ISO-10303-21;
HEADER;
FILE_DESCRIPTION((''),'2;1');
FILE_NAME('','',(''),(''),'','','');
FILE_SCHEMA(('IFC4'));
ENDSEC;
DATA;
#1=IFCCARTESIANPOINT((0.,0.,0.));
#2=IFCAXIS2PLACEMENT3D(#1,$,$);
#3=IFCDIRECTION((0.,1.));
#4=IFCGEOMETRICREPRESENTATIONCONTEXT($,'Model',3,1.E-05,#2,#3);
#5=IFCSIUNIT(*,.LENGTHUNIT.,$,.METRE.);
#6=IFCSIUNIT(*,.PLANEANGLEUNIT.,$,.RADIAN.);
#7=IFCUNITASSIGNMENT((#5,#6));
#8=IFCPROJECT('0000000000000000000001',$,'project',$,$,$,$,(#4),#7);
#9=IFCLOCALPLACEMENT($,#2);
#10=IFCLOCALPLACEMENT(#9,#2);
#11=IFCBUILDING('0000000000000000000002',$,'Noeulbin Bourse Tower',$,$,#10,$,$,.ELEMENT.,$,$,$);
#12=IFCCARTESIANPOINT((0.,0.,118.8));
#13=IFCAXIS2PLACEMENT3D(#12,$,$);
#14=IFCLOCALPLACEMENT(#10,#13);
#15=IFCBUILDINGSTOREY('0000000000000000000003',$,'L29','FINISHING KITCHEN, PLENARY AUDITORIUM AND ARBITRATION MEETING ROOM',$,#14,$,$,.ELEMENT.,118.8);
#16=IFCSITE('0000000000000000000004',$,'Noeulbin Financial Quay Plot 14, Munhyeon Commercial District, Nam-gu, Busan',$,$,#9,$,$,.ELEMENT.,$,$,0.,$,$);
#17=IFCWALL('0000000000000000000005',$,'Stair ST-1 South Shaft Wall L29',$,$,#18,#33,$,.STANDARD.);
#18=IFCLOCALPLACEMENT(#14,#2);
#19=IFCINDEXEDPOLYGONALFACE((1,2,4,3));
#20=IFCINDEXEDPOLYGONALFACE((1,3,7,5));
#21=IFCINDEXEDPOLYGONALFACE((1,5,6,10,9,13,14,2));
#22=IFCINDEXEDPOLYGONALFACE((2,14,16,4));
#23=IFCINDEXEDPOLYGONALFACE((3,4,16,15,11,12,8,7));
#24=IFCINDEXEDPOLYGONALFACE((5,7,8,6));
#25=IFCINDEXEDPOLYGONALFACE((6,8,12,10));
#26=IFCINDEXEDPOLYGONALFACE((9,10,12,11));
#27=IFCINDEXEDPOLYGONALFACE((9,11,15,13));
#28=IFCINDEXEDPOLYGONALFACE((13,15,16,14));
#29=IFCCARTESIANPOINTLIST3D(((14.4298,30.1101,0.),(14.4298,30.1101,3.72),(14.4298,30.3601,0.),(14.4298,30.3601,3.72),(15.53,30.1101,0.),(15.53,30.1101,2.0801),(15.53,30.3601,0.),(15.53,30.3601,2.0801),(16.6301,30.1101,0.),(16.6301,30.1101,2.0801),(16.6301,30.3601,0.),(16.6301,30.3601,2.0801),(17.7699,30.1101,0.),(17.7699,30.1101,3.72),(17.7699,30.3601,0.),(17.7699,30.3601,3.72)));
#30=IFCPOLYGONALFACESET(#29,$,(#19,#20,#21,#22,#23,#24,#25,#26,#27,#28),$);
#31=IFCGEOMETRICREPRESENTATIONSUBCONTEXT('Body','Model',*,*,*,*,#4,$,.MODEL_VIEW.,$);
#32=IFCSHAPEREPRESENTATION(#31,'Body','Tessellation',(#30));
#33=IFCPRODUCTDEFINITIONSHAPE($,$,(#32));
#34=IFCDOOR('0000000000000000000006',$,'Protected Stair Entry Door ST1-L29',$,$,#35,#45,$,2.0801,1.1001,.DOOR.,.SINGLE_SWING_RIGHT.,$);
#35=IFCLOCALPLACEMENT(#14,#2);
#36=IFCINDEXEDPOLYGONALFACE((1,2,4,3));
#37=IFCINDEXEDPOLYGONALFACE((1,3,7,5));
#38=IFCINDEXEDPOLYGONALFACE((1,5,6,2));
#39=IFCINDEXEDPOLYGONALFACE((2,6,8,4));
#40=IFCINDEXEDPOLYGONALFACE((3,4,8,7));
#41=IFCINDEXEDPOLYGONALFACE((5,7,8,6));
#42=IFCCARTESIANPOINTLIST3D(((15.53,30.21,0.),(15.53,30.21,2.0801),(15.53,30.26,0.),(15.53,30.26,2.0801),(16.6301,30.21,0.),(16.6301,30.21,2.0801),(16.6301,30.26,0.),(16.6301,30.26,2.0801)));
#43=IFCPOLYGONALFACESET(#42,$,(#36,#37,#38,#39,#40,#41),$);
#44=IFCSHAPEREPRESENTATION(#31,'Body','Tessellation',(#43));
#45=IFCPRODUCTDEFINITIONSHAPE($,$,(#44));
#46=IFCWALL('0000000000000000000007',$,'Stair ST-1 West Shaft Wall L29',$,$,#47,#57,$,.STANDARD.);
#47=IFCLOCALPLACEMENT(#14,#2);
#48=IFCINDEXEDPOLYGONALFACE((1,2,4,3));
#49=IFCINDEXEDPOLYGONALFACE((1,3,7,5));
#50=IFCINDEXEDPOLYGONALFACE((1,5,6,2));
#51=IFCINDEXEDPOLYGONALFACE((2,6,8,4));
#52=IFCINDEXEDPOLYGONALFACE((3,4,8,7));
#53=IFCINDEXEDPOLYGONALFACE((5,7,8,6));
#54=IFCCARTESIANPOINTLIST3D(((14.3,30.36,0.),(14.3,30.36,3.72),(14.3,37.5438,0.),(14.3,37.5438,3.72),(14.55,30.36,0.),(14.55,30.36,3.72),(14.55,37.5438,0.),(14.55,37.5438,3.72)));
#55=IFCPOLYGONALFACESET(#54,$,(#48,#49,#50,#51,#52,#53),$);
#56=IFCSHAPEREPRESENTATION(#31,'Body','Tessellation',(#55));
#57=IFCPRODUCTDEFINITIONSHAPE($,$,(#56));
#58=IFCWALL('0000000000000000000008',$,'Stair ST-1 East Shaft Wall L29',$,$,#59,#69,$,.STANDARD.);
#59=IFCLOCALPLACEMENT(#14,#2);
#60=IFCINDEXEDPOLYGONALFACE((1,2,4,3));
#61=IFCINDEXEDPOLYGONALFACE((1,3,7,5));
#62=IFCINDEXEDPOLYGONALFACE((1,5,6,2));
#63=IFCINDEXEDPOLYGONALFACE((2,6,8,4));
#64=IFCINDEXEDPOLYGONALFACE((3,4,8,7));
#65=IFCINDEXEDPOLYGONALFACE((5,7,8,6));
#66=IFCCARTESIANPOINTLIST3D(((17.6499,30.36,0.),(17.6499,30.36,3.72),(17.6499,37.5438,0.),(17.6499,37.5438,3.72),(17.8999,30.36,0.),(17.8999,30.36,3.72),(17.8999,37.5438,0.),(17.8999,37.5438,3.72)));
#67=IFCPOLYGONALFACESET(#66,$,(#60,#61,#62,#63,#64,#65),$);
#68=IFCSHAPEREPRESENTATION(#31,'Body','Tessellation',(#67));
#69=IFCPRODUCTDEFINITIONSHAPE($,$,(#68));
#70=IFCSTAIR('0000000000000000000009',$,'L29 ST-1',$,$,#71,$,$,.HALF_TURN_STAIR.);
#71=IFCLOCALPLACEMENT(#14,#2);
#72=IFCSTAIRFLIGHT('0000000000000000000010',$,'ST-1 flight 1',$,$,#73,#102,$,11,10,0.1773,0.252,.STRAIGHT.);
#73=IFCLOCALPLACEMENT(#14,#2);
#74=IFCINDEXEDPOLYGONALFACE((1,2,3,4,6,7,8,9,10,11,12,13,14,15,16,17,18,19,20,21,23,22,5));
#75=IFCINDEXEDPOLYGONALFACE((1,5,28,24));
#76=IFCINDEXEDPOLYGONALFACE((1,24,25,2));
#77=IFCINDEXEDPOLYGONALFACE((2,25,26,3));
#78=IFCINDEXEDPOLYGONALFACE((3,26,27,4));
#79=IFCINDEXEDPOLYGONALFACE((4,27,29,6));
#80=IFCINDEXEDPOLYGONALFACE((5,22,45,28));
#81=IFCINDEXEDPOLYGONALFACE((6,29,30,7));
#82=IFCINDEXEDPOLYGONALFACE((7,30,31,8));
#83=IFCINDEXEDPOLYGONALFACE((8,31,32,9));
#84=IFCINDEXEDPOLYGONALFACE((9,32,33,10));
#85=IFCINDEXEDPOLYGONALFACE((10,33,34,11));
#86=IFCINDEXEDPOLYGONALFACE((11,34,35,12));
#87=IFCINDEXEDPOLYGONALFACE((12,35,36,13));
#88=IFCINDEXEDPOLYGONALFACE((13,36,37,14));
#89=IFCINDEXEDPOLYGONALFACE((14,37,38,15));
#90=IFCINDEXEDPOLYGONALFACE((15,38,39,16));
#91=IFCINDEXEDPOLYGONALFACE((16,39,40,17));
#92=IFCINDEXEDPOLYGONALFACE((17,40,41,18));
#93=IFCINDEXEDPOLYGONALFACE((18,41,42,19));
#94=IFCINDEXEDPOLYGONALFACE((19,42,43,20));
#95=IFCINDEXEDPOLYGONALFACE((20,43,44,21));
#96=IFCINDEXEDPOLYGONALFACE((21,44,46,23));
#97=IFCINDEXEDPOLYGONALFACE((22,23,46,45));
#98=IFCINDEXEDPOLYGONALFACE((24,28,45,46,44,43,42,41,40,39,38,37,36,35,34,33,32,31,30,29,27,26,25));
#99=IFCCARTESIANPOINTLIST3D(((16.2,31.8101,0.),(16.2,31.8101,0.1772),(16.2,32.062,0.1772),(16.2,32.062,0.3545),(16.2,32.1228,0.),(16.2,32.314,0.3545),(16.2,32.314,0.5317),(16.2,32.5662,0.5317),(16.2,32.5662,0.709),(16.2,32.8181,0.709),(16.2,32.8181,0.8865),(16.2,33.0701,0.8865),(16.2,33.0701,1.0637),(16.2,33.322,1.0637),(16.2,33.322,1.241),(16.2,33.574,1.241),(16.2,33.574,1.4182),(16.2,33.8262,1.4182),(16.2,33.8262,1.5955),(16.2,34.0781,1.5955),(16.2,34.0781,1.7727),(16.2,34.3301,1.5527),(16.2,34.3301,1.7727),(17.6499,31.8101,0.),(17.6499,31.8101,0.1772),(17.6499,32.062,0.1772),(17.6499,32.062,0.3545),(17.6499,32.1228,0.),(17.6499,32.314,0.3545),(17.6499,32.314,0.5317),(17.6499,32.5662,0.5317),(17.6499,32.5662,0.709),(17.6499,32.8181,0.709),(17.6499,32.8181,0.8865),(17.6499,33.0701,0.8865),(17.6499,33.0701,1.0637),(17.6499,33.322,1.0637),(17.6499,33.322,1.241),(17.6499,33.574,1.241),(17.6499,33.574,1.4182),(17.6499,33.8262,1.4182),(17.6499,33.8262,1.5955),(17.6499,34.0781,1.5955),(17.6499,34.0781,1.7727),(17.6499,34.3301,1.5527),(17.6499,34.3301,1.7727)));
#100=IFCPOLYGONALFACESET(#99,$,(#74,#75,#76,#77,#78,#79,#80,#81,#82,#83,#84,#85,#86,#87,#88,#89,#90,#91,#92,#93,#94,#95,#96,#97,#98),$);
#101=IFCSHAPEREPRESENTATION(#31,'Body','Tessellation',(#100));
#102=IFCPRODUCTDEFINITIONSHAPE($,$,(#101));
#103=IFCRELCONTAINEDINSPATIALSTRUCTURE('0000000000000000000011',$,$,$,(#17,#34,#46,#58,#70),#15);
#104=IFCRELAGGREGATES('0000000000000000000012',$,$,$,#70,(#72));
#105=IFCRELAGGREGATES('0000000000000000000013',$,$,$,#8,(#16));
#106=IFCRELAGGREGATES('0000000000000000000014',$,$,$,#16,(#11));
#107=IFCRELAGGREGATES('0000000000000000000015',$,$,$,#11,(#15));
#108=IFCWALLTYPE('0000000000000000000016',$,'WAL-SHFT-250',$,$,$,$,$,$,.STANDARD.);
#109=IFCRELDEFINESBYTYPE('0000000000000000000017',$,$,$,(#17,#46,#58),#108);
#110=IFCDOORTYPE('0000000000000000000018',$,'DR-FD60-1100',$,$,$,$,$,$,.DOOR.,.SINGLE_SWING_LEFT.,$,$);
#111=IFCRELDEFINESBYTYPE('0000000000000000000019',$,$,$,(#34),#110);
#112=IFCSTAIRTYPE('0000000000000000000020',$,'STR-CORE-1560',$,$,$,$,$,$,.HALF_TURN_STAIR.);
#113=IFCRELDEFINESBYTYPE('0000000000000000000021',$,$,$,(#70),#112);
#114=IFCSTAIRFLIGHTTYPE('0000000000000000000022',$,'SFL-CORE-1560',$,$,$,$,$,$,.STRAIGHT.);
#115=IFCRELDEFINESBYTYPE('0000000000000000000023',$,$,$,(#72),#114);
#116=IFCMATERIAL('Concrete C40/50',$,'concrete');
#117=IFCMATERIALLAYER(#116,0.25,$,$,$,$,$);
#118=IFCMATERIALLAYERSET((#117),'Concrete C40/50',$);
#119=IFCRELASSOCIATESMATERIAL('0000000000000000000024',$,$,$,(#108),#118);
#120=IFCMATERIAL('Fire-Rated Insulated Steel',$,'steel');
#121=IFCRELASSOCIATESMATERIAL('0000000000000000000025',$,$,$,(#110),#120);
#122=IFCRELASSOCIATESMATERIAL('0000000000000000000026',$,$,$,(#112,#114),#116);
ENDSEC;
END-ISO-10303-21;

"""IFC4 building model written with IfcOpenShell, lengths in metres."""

from ifc_helpers import new_model, si_unit, direction, frame, frame_2d, origin, place, context, subcontext, project, spatial, polyline, rectangle, outline, extrude, material, layer, layer_set, type_object, element, fill, aggregate, save


model = new_model("IFC4")

# Units and contexts
model_context = context("Model", 3, precision=1e-05, world=origin(), true_north=direction((0.0, 1.0)))
body_context = subcontext(model_context, "Body", "Model", "MODEL_VIEW")
ifc_project = project(units=[si_unit("LENGTHUNIT", "METRE"), si_unit("PLANEANGLEUNIT", "RADIAN")], contexts=[model_context])

# Site, building, storey
site_placement = place(None, origin())
site = spatial("IfcSite", under=ifc_project, at=site_placement, Name="Noeulbin Financial Quay Plot 14, Munhyeon Commercial District, Nam-gu, Busan", CompositionType="ELEMENT", RefElevation=0.0)
building_placement = place(site_placement, origin())
building = spatial("IfcBuilding", under=site, at=building_placement, Name="Noeulbin Bourse Tower", CompositionType="ELEMENT")
storey_placement = place(building_placement, frame((0.0, 0.0, 118.8)))
storey = spatial("IfcBuildingStorey", under=building, at=storey_placement, Name="L29", Description="FINISHING KITCHEN, PLENARY AUDITORIUM AND ARBITRATION MEETING ROOM", CompositionType="ELEMENT", Elevation=118.8)

# Shared definitions
ifc_material_1 = material(Name="Concrete C40/50", Category="concrete")

# Wall, opening, door
ifc_layer_1 = layer(ifc_material_1, 0.25)
ifc_layer_set_1 = layer_set([ifc_layer_1], Name="Concrete C40/50")
wall_type_1 = type_object("IfcWallType", Name="WAL-SHFT-250", PredefinedType="STANDARD", material=ifc_layer_set_1)
wall_1_placement = place(storey_placement, frame((14.4299, 30.2351, 0.0), z_axis=(0.0, 0.0, 1.0), x_axis=(1.0, 0.0, 0.0)))
wall_1 = element("IfcWall", 1, at=wall_1_placement, inside=storey, type_object=wall_type_1, Name="Stair ST-1 South Shaft Wall L29", PredefinedType="STANDARD", context=body_context, shape_type="SweptSolid", body=[
    extrude(rectangle(XDim=3.3401, YDim=0.25, at=frame_2d((1.6699, 0.0))), origin(), (0.0, 0.0, 1.0), 3.72),
])
opening_placement = place(wall_1_placement, frame((1.1001, 0.0, 0.0)))
opening = element("IfcOpeningElement", 2, at=opening_placement, cuts=wall_1, PredefinedType="OPENING", context=body_context, shape_type="SweptSolid", body=[
    extrude(rectangle(XDim=1.1001, YDim=2.0801, at=frame_2d((0.55, 1.04))), frame((0.0, 0.135, 0.0), z_axis=(0.0, -1.0, 0.0), x_axis=(1.0, 0.0, 0.0)), (0.0, 0.0, 1.0), 0.27),
])
ifc_material_2 = material(Name="Fire-Rated Insulated Steel", Category="steel")
door_type = type_object("IfcDoorType", Name="DR-FD60-1100", OperationType="SINGLE_SWING_LEFT", PredefinedType="DOOR", material=ifc_material_2)
door_placement = place(opening_placement, origin())
door = element("IfcDoor", 3, at=door_placement, inside=storey, type_object=door_type, Name="Protected Stair Entry Door ST1-L29", OperationType="SINGLE_SWING_RIGHT", OverallHeight=2.0801, OverallWidth=1.1001, PredefinedType="DOOR", context=body_context, shape_type="SweptSolid", body=[
    extrude(rectangle(XDim=1.1001, YDim=2.0801, at=frame_2d((0.55, 1.04))), frame((0.0, 0.0249, 0.0), z_axis=(0.0, -1.0, 0.0), x_axis=(1.0, 0.0, 0.0)), (0.0, 0.0, 1.0), 0.05),
])
fill(opening, door)

# Walls
for number, where, z_axis, x_axis, name in (
    (4, (14.425, 30.3601, 0.0), (0.0, 0.0, 1.0), (0.0, 1.0, 0.0), "Stair ST-1 West Shaft Wall L29"),
    (5, (17.7749, 30.3601, 0.0), (0.0, 0.0, 1.0), (0.0, 1.0, 0.0), "Stair ST-1 East Shaft Wall L29"),
):
    element("IfcWall", number, at=place(storey_placement, frame(where, z_axis=z_axis, x_axis=x_axis)), inside=storey, type_object=wall_type_1, Name=name, PredefinedType="STANDARD", context=body_context, shape_type="SweptSolid", body=[
        extrude(rectangle(XDim=7.1838, YDim=0.25, at=frame_2d((3.5918, 0.0))), origin(), (0.0, 0.0, 1.0), 3.72),
    ])

# Stair, stair flight
stair_type = type_object("IfcStairType", Name="STR-CORE-1560", PredefinedType="HALF_TURN_STAIR", material=ifc_material_1)
stair_placement = place(storey_placement, origin())
stair = element("IfcStair", 6, at=stair_placement, inside=storey, type_object=stair_type, Name="L29 ST-1", PredefinedType="HALF_TURN_STAIR")
stair_flight_type = type_object("IfcStairFlightType", Name="SFL-CORE-1560", PredefinedType="STRAIGHT", material=ifc_material_1)
stair_flight_placement = place(storey_placement, frame((16.925, 31.8101, 0.0), z_axis=(0.0, 0.0, 1.0), x_axis=(0.0, 1.0, 0.0)))
stair_flight = element("IfcStairFlight", 7, at=stair_flight_placement, type_object=stair_flight_type, Name="ST-1 flight 1", NumberOfRisers=11, NumberOfTreads=10, PredefinedType="STRAIGHT", RiserHeight=0.1773, TreadLength=0.252, context=body_context, shape_type="SweptSolid", body=[
    extrude(outline(polyline([(0.0, 0.0), (0.0, 0.1772), (0.252, 0.1772), (0.252, 0.3545), (0.5039, 0.3545), (0.5039, 0.5317), (0.7561, 0.5317), (0.7561, 0.709), (1.0081, 0.709), (1.0081, 0.8865), (1.26, 0.8865), (1.26, 1.0637), (1.512, 1.0637), (1.512, 1.241), (1.7639, 1.241), (1.7639, 1.4182), (2.0161, 1.4182), (2.0161, 1.5955), (2.2681, 1.5955), (2.2681, 1.7727), (2.52, 1.7727), (2.52, 1.95), (2.52, 1.5527), (0.3127, 0.0), (0.0, 0.0)])), frame((0.0, 0.7251, 0.0), z_axis=(0.0, -1.0, 0.0), x_axis=(1.0, 0.0, 0.0)), (0.0, 0.0, 1.0), 1.45),
])
aggregate(stair, [stair_flight])

save(model, "model.ifc")
